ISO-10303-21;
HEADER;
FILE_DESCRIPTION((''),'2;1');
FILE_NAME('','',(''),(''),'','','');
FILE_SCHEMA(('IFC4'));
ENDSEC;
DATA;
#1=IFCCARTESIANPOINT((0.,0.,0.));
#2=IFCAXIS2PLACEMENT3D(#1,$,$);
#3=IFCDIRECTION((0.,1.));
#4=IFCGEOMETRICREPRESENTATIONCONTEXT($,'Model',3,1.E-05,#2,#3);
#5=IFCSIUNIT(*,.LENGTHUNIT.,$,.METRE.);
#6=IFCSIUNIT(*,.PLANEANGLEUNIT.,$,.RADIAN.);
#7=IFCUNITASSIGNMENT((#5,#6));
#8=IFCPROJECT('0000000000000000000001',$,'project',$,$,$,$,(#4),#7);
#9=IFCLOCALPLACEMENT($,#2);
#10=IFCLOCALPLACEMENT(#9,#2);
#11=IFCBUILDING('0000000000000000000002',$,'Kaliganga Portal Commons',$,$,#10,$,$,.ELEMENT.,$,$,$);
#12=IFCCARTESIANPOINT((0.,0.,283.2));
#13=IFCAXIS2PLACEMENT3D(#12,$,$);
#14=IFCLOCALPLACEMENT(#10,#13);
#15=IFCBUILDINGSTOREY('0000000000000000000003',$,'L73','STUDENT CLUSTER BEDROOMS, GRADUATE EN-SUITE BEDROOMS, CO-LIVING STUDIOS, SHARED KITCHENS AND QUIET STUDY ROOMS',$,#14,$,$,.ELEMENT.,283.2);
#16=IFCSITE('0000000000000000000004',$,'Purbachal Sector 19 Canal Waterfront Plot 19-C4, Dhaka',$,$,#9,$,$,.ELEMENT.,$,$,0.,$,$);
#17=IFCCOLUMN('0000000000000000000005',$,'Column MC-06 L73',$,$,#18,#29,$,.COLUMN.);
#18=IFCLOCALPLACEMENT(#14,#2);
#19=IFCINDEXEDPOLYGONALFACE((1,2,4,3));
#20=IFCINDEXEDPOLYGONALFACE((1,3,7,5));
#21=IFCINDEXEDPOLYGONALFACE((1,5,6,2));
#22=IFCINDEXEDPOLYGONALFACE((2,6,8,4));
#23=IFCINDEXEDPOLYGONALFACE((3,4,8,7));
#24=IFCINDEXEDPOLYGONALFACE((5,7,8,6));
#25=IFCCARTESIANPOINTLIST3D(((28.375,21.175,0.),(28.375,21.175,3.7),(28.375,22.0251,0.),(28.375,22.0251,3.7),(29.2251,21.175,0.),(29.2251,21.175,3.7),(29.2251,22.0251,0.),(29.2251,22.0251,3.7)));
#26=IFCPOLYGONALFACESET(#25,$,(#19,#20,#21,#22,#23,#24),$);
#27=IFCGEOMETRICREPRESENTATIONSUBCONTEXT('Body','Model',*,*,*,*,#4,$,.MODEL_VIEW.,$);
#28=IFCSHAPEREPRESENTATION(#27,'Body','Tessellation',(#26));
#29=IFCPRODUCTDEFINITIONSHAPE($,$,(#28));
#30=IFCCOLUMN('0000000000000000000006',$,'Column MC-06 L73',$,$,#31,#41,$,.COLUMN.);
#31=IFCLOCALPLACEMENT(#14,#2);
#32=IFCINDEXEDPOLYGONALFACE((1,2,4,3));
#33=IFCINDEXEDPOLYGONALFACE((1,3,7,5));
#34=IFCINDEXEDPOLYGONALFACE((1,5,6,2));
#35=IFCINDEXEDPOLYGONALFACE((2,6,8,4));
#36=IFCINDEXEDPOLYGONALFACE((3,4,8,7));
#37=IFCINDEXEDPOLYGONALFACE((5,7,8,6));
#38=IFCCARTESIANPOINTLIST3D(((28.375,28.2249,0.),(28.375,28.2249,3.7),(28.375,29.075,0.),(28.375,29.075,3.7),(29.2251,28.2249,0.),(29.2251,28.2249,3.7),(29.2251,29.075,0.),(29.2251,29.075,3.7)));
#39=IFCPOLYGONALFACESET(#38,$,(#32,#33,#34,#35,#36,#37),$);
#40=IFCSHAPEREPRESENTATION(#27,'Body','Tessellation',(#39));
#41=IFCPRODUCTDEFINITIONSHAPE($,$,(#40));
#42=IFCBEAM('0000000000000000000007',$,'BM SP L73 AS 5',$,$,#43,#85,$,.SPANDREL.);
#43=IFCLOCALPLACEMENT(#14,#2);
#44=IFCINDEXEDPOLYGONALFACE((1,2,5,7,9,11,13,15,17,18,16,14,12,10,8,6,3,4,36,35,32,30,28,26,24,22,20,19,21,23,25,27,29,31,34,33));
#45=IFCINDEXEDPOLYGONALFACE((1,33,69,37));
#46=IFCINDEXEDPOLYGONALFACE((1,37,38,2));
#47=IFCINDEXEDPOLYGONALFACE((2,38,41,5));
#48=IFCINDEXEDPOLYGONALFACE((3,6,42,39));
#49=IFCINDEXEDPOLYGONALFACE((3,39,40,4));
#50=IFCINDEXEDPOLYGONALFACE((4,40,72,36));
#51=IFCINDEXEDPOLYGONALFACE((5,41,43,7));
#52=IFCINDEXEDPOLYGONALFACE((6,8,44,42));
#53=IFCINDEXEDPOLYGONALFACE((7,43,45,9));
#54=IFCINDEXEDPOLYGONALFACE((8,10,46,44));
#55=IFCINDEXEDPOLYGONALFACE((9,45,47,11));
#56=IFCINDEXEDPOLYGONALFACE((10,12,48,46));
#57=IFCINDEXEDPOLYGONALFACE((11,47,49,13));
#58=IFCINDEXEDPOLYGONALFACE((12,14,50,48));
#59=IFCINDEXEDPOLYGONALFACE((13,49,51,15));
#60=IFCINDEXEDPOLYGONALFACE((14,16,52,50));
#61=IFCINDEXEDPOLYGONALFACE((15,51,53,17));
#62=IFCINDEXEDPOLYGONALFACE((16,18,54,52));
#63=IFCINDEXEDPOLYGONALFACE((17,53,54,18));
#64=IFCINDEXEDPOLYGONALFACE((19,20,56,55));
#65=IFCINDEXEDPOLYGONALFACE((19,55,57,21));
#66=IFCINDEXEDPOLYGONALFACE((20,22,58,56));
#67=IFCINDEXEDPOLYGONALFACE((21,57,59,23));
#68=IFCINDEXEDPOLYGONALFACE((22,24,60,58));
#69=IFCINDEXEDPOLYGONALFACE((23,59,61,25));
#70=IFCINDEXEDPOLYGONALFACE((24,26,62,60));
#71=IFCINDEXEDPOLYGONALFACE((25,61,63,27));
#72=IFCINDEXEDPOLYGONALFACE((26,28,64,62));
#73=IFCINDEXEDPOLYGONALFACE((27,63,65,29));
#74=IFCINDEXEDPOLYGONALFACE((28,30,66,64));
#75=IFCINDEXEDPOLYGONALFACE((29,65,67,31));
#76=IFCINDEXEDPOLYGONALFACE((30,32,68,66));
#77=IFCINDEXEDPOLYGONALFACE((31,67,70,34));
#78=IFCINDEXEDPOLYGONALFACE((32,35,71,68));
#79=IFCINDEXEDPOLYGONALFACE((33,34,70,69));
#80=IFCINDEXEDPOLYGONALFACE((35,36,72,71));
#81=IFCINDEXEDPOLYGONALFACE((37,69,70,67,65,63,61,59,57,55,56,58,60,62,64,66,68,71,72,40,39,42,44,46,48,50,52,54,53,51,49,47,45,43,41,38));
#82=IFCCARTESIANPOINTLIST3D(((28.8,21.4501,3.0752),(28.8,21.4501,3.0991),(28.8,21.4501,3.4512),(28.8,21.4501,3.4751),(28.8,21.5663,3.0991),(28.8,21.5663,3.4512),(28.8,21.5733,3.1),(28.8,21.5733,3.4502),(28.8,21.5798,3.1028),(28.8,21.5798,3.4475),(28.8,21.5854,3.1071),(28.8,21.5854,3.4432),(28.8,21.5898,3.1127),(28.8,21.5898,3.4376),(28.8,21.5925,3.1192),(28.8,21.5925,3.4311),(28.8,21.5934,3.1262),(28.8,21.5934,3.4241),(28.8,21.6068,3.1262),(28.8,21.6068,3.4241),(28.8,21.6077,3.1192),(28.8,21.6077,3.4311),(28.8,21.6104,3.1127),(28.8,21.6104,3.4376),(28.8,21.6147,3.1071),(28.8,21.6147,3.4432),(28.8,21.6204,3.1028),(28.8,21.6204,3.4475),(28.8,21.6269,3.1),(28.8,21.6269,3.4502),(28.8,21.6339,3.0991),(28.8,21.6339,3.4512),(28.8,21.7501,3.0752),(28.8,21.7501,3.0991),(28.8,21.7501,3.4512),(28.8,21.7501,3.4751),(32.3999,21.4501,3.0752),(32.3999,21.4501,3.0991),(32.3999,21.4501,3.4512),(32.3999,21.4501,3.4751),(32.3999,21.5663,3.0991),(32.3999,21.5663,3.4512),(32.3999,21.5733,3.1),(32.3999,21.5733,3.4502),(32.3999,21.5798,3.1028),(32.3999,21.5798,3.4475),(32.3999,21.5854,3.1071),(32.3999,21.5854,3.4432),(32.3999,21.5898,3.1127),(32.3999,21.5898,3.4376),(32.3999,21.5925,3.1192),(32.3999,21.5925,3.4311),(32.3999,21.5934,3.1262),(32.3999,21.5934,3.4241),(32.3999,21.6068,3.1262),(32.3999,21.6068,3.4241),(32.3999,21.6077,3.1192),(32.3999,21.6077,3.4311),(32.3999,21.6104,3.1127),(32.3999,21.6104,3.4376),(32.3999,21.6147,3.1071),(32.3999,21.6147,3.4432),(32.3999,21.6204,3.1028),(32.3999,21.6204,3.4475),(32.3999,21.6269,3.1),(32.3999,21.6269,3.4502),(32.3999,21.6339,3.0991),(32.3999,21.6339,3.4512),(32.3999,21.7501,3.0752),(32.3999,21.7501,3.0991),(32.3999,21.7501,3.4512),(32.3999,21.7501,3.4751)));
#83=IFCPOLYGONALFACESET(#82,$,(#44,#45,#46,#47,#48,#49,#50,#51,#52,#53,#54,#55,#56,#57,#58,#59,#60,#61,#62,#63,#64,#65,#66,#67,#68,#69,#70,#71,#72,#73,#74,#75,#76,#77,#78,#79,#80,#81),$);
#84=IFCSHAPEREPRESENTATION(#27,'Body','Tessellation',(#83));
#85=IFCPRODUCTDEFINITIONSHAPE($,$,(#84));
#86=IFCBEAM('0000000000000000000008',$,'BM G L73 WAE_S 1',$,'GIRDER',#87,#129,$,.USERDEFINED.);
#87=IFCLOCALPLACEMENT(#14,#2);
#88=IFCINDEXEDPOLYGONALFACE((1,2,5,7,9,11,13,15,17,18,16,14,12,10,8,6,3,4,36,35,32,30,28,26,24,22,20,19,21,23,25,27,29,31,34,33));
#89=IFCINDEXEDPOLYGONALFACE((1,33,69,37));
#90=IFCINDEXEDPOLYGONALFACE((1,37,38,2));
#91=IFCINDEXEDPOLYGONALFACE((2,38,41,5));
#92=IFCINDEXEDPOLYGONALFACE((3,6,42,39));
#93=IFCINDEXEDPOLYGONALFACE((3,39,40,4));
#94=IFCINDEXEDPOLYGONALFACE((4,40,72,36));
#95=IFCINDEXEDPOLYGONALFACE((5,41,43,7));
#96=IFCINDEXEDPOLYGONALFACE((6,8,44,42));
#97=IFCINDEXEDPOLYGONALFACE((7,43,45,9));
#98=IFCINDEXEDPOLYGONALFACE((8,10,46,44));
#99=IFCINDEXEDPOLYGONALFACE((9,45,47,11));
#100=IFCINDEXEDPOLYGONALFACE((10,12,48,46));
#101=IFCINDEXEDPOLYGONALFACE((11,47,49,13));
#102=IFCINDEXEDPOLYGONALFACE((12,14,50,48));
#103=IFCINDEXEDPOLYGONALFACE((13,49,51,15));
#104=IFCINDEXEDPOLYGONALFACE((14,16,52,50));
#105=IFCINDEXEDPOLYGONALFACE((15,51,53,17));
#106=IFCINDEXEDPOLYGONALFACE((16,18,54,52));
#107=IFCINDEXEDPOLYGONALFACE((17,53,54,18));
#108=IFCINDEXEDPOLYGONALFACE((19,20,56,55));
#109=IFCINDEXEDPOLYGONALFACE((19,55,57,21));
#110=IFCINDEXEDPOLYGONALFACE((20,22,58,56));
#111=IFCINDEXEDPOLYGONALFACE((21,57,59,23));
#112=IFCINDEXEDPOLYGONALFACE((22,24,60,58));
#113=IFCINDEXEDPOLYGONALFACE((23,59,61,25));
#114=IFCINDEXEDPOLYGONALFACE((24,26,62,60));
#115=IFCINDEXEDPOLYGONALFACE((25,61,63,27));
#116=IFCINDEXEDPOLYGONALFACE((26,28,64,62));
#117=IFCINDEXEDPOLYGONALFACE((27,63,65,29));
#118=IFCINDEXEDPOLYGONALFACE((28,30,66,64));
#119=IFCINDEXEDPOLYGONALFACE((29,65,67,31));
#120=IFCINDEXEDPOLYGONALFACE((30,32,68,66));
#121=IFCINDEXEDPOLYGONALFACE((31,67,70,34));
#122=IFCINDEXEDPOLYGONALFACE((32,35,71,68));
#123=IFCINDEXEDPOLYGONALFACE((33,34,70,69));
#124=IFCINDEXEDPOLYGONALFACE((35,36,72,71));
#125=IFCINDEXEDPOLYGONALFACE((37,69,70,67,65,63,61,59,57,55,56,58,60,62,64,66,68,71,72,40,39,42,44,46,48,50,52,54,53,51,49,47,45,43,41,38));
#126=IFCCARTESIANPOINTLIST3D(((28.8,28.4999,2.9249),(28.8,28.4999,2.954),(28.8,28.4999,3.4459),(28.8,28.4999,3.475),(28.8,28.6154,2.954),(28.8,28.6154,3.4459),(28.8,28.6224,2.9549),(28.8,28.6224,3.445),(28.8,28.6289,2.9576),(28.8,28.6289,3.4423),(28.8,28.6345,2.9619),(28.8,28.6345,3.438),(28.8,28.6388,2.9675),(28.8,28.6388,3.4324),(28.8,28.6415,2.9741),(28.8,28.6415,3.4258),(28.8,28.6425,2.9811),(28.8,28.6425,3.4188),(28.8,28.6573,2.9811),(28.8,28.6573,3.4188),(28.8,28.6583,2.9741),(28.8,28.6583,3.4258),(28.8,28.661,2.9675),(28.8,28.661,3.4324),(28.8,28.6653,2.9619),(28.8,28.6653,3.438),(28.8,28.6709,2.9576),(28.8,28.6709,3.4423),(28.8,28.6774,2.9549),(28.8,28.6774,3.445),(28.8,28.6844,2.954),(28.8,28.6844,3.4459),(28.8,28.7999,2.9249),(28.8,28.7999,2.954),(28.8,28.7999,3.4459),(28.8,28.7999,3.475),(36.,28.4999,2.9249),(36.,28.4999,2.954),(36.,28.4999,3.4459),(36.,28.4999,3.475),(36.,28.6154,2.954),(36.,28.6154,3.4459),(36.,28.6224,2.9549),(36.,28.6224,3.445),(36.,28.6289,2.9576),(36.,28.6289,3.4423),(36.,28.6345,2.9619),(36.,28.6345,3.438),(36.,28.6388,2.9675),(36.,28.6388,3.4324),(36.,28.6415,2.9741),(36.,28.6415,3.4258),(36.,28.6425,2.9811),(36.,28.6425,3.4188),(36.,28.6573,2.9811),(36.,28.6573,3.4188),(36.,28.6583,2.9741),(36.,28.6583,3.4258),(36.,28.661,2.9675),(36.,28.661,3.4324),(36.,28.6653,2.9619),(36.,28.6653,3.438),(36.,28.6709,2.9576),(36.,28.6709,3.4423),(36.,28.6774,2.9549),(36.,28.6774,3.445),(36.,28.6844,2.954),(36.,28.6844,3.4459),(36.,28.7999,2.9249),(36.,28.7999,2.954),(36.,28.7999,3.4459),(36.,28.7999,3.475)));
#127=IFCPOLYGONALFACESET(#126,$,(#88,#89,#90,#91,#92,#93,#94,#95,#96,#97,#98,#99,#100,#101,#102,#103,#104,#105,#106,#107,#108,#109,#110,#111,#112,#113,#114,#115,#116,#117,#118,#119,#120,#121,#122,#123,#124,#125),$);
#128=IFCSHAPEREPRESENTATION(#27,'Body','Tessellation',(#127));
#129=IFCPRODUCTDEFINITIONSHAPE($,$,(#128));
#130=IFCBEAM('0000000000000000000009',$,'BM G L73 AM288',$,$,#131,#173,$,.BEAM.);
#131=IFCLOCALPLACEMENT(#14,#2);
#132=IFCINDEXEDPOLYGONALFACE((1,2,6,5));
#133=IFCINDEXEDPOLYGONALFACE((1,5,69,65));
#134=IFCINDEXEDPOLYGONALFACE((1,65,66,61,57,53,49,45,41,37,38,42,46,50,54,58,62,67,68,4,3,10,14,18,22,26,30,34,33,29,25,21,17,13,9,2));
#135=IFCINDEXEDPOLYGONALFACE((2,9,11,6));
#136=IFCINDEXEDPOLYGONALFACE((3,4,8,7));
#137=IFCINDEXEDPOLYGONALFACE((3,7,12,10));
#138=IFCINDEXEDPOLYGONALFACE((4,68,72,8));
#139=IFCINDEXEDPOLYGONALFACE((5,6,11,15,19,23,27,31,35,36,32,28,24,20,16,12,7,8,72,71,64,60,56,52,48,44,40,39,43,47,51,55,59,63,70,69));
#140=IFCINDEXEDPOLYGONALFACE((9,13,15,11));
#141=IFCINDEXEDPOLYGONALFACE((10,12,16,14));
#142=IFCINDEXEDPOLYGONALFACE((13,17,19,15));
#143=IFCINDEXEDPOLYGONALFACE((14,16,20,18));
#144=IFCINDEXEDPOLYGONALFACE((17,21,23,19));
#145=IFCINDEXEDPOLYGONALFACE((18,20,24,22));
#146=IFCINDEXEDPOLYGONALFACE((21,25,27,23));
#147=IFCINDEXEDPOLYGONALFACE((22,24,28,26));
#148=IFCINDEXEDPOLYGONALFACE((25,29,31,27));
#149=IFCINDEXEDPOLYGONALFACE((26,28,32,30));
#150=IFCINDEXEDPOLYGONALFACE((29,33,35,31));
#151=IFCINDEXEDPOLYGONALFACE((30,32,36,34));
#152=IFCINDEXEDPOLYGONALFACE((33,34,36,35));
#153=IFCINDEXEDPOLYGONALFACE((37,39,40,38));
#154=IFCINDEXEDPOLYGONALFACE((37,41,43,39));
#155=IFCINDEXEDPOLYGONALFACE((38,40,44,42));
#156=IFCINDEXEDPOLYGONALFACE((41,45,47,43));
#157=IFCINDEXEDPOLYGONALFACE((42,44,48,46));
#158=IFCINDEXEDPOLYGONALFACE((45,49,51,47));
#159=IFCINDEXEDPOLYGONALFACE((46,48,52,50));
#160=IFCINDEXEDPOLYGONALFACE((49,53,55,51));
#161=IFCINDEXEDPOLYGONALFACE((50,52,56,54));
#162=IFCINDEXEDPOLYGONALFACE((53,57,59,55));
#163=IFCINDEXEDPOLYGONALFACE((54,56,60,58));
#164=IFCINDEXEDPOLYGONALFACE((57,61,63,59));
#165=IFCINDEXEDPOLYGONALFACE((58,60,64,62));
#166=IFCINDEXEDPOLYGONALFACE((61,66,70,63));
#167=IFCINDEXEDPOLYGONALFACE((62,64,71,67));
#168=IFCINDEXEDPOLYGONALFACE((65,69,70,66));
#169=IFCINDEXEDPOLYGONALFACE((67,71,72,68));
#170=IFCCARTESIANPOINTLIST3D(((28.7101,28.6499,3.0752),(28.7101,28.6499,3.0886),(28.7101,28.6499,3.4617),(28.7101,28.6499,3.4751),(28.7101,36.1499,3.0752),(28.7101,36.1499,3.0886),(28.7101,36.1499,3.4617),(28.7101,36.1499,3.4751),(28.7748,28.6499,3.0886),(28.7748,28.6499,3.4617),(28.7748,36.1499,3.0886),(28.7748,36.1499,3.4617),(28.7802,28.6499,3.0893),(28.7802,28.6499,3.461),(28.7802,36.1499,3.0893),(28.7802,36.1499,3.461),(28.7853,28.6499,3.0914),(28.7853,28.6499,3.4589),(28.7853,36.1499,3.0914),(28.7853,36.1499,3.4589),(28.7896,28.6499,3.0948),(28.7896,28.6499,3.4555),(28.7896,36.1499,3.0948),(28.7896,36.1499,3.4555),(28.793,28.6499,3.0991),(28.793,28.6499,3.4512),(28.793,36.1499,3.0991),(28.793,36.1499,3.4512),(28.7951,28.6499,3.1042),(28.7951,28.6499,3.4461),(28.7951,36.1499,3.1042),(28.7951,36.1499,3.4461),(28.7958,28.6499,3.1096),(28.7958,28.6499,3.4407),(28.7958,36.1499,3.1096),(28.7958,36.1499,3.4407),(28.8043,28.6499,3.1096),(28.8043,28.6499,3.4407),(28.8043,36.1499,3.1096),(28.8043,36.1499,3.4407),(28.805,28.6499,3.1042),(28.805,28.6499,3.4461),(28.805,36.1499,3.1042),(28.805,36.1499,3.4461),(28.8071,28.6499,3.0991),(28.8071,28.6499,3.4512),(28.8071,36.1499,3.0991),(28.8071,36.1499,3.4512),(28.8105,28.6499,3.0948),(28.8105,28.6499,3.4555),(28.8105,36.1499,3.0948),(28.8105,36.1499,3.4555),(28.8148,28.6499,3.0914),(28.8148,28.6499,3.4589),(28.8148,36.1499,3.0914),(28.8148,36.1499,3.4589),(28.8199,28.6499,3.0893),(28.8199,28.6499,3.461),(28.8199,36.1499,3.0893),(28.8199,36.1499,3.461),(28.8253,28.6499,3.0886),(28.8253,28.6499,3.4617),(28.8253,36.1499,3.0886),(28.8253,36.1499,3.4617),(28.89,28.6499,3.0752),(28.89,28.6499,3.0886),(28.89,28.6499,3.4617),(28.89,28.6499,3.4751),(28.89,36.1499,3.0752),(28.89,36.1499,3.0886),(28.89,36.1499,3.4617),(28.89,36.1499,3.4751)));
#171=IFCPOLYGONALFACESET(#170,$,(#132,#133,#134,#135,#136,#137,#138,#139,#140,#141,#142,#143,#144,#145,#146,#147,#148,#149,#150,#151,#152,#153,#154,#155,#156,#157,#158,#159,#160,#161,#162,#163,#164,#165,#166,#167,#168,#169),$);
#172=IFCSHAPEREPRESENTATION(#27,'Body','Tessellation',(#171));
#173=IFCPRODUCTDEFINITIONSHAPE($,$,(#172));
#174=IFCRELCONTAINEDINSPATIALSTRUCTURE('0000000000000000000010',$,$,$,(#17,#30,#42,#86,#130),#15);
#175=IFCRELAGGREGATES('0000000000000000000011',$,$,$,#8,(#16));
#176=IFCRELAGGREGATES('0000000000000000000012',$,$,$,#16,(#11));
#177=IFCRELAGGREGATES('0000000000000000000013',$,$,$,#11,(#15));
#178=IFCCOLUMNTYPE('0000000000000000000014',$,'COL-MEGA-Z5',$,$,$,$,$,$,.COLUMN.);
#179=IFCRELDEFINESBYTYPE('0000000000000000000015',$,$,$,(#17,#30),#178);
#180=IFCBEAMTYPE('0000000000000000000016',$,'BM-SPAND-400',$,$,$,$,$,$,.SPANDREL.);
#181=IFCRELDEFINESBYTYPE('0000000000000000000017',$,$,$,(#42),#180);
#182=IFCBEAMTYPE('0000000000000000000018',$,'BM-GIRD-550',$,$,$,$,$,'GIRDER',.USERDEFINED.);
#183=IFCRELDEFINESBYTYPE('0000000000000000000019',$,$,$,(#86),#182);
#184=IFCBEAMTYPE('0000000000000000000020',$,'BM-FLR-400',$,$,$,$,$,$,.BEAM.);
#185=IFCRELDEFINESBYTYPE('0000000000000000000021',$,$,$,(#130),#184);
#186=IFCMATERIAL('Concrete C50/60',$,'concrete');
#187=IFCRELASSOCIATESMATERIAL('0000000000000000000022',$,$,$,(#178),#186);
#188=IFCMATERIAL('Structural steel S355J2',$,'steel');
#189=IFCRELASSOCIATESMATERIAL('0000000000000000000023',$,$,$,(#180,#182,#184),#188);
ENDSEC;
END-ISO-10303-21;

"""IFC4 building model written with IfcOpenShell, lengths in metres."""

from ifc_helpers import new_model, si_unit, direction, frame, origin, origin_2d, place, context, subcontext, project, spatial, rectangle, i_section, extrude, source, transform, mapped, material, material_profile, profile_set, type_object, element, save


model = new_model("IFC4")

# Units and contexts
model_context = context("Model", 3, precision=1e-05, world=origin(), true_north=direction((0.0, 1.0)))
body_context = subcontext(model_context, "Body", "Model", "MODEL_VIEW")
ifc_project = project(units=[si_unit("LENGTHUNIT", "METRE"), si_unit("PLANEANGLEUNIT", "RADIAN")], contexts=[model_context])

# Site, building, storey
site_placement = place(None, origin())
site = spatial("IfcSite", under=ifc_project, at=site_placement, Name="Purbachal Sector 19 Canal Waterfront Plot 19-C4, Dhaka", CompositionType="ELEMENT", RefElevation=0.0)
building_placement = place(site_placement, origin())
building = spatial("IfcBuilding", under=site, at=building_placement, Name="Kaliganga Portal Commons", CompositionType="ELEMENT")
storey_placement = place(building_placement, frame((0.0, 0.0, 283.2)))
storey = spatial("IfcBuildingStorey", under=building, at=storey_placement, Name="L73", Description="STUDENT CLUSTER BEDROOMS, GRADUATE EN-SUITE BEDROOMS, CO-LIVING STUDIOS, SHARED KITCHENS AND QUIET STUDY ROOMS", CompositionType="ELEMENT", Elevation=283.2)

# Columns
ifc_material_1 = material(Name="Concrete C50/60", Category="concrete")
ifc_material_profile_1 = material_profile(ifc_material_1, rectangle(XDim=0.8501, YDim=0.8501, at=origin_2d()), Name="RC 850x850")
ifc_profile_set_1 = profile_set([ifc_material_profile_1], Name="Concrete C50/60")
column_type = type_object("IfcColumnType", Name="COL-MEGA-Z5", PredefinedType="COLUMN", material=ifc_profile_set_1)
shared_shape_1 = source(origin(), body_context, "Body", "SweptSolid", [
    extrude(rectangle(XDim=0.8501, YDim=0.8501, at=origin_2d()), origin(), (0.0, 0.0, 1.0), 3.7),
])
for number, where, z_axis, x_axis, name in (
    (1, (28.8, 21.6001, 0.0), (0.0, 0.0, 1.0), (1.0, 0.0, 0.0), "Column MC-06 L73"),
    (2, (28.8, 28.6499, 0.0), (0.0, 0.0, 1.0), (1.0, 0.0, 0.0), "Column MC-06 L73"),
):
    element("IfcColumn", number, at=place(storey_placement, frame(where, z_axis=z_axis, x_axis=x_axis)), inside=storey, type_object=column_type, Name=name, PredefinedType="COLUMN", context=body_context, shape_type="MappedRepresentation", body=[
        mapped(shared_shape_1, transform((0.0, 0.0, 0.0), x_axis=(1.0, 0.0, 0.0), y_axis=(0.0, 1.0, 0.0), z_axis=(0.0, 0.0, 1.0), scale=1.0)),
    ])

# Beams
ifc_material_2 = material(Name="Structural steel S355J2", Category="steel")
ifc_material_profile_2 = material_profile(ifc_material_2, i_section(OverallWidth=0.3, OverallDepth=0.3999, WebThickness=0.0134, FlangeThickness=0.0239, FilletRadius=0.0271, at=origin_2d()), Name="HE 400 B")
ifc_profile_set_2 = profile_set([ifc_material_profile_2], Name="Structural steel S355J2 wide-flange")
beam_type_1 = type_object("IfcBeamType", Name="BM-SPAND-400", PredefinedType="SPANDREL", material=ifc_profile_set_2)
shared_shape_2 = source(origin(), body_context, "Body", "SweptSolid", [
    extrude(i_section(OverallWidth=0.3, OverallDepth=0.3999, WebThickness=0.0134, FlangeThickness=0.0239, FilletRadius=0.0271, at=origin_2d()), origin(), (0.0, 0.0, 1.0), 3.5999),
])
beam_1_placement = place(storey_placement, frame((28.8, 21.6001, 3.2751), z_axis=(1.0, 0.0, 0.0), x_axis=(0.0, 1.0, 0.0)))
element("IfcBeam", 3, at=beam_1_placement, inside=storey, type_object=beam_type_1, Name="BM SP L73 AS 5", PredefinedType="SPANDREL", context=body_context, shape_type="MappedRepresentation", body=[
    mapped(shared_shape_2, transform((0.0, 0.0, 0.0), x_axis=(1.0, 0.0, 0.0), y_axis=(0.0, 1.0, 0.0), z_axis=(0.0, 0.0, 1.0), scale=1.0)),
])
ifc_material_profile_3 = material_profile(ifc_material_2, i_section(OverallWidth=0.3, OverallDepth=0.55, WebThickness=0.0149, FlangeThickness=0.0291, FilletRadius=0.0271, at=origin_2d()), Name="HE 550 B")
ifc_profile_set_3 = profile_set([ifc_material_profile_3], Name="Structural steel S355J2 wide-flange")
beam_type_2 = type_object("IfcBeamType", Name="BM-GIRD-550", ElementType="GIRDER", PredefinedType="USERDEFINED", material=ifc_profile_set_3)
shared_shape_3 = source(origin(), body_context, "Body", "SweptSolid", [
    extrude(i_section(OverallWidth=0.3, OverallDepth=0.55, WebThickness=0.0149, FlangeThickness=0.0291, FilletRadius=0.0271, at=origin_2d()), origin(), (0.0, 0.0, 1.0), 7.2),
])
beam_2_placement = place(storey_placement, frame((28.8, 28.6499, 3.2), z_axis=(1.0, 0.0, 0.0), x_axis=(0.0, 1.0, 0.0)))
element("IfcBeam", 4, at=beam_2_placement, inside=storey, type_object=beam_type_2, Name="BM G L73 WAE_S 1", ObjectType="GIRDER", PredefinedType="USERDEFINED", context=body_context, shape_type="MappedRepresentation", body=[
    mapped(shared_shape_3, transform((0.0, 0.0, 0.0), x_axis=(1.0, 0.0, 0.0), y_axis=(0.0, 1.0, 0.0), z_axis=(0.0, 0.0, 1.0), scale=1.0)),
])
ifc_material_profile_4 = material_profile(ifc_material_2, i_section(OverallWidth=0.1799, OverallDepth=0.3999, WebThickness=0.0085, FlangeThickness=0.0134, FilletRadius=0.021, at=origin_2d()), Name="IPE 400")
ifc_profile_set_4 = profile_set([ifc_material_profile_4], Name="Structural steel S355J2 wide-flange")
beam_type_3 = type_object("IfcBeamType", Name="BM-FLR-400", PredefinedType="BEAM", material=ifc_profile_set_4)
shared_shape_4 = source(origin(), body_context, "Body", "SweptSolid", [
    extrude(i_section(OverallWidth=0.1799, OverallDepth=0.3999, WebThickness=0.0085, FlangeThickness=0.0134, FilletRadius=0.021, at=origin_2d()), origin(), (0.0, 0.0, 1.0), 7.5),
])
beam_3_placement = place(storey_placement, frame((28.8, 28.6499, 3.2751), z_axis=(0.0, 1.0, 0.0), x_axis=(-1.0, 0.0, 0.0)))
element("IfcBeam", 5, at=beam_3_placement, inside=storey, type_object=beam_type_3, Name="BM G L73 AM288", PredefinedType="BEAM", context=body_context, shape_type="MappedRepresentation", body=[
    mapped(shared_shape_4, transform((0.0, 0.0, 0.0), x_axis=(1.0, 0.0, 0.0), y_axis=(0.0, 1.0, 0.0), z_axis=(0.0, 0.0, 1.0), scale=1.0)),
])

save(model, "model.ifc")
